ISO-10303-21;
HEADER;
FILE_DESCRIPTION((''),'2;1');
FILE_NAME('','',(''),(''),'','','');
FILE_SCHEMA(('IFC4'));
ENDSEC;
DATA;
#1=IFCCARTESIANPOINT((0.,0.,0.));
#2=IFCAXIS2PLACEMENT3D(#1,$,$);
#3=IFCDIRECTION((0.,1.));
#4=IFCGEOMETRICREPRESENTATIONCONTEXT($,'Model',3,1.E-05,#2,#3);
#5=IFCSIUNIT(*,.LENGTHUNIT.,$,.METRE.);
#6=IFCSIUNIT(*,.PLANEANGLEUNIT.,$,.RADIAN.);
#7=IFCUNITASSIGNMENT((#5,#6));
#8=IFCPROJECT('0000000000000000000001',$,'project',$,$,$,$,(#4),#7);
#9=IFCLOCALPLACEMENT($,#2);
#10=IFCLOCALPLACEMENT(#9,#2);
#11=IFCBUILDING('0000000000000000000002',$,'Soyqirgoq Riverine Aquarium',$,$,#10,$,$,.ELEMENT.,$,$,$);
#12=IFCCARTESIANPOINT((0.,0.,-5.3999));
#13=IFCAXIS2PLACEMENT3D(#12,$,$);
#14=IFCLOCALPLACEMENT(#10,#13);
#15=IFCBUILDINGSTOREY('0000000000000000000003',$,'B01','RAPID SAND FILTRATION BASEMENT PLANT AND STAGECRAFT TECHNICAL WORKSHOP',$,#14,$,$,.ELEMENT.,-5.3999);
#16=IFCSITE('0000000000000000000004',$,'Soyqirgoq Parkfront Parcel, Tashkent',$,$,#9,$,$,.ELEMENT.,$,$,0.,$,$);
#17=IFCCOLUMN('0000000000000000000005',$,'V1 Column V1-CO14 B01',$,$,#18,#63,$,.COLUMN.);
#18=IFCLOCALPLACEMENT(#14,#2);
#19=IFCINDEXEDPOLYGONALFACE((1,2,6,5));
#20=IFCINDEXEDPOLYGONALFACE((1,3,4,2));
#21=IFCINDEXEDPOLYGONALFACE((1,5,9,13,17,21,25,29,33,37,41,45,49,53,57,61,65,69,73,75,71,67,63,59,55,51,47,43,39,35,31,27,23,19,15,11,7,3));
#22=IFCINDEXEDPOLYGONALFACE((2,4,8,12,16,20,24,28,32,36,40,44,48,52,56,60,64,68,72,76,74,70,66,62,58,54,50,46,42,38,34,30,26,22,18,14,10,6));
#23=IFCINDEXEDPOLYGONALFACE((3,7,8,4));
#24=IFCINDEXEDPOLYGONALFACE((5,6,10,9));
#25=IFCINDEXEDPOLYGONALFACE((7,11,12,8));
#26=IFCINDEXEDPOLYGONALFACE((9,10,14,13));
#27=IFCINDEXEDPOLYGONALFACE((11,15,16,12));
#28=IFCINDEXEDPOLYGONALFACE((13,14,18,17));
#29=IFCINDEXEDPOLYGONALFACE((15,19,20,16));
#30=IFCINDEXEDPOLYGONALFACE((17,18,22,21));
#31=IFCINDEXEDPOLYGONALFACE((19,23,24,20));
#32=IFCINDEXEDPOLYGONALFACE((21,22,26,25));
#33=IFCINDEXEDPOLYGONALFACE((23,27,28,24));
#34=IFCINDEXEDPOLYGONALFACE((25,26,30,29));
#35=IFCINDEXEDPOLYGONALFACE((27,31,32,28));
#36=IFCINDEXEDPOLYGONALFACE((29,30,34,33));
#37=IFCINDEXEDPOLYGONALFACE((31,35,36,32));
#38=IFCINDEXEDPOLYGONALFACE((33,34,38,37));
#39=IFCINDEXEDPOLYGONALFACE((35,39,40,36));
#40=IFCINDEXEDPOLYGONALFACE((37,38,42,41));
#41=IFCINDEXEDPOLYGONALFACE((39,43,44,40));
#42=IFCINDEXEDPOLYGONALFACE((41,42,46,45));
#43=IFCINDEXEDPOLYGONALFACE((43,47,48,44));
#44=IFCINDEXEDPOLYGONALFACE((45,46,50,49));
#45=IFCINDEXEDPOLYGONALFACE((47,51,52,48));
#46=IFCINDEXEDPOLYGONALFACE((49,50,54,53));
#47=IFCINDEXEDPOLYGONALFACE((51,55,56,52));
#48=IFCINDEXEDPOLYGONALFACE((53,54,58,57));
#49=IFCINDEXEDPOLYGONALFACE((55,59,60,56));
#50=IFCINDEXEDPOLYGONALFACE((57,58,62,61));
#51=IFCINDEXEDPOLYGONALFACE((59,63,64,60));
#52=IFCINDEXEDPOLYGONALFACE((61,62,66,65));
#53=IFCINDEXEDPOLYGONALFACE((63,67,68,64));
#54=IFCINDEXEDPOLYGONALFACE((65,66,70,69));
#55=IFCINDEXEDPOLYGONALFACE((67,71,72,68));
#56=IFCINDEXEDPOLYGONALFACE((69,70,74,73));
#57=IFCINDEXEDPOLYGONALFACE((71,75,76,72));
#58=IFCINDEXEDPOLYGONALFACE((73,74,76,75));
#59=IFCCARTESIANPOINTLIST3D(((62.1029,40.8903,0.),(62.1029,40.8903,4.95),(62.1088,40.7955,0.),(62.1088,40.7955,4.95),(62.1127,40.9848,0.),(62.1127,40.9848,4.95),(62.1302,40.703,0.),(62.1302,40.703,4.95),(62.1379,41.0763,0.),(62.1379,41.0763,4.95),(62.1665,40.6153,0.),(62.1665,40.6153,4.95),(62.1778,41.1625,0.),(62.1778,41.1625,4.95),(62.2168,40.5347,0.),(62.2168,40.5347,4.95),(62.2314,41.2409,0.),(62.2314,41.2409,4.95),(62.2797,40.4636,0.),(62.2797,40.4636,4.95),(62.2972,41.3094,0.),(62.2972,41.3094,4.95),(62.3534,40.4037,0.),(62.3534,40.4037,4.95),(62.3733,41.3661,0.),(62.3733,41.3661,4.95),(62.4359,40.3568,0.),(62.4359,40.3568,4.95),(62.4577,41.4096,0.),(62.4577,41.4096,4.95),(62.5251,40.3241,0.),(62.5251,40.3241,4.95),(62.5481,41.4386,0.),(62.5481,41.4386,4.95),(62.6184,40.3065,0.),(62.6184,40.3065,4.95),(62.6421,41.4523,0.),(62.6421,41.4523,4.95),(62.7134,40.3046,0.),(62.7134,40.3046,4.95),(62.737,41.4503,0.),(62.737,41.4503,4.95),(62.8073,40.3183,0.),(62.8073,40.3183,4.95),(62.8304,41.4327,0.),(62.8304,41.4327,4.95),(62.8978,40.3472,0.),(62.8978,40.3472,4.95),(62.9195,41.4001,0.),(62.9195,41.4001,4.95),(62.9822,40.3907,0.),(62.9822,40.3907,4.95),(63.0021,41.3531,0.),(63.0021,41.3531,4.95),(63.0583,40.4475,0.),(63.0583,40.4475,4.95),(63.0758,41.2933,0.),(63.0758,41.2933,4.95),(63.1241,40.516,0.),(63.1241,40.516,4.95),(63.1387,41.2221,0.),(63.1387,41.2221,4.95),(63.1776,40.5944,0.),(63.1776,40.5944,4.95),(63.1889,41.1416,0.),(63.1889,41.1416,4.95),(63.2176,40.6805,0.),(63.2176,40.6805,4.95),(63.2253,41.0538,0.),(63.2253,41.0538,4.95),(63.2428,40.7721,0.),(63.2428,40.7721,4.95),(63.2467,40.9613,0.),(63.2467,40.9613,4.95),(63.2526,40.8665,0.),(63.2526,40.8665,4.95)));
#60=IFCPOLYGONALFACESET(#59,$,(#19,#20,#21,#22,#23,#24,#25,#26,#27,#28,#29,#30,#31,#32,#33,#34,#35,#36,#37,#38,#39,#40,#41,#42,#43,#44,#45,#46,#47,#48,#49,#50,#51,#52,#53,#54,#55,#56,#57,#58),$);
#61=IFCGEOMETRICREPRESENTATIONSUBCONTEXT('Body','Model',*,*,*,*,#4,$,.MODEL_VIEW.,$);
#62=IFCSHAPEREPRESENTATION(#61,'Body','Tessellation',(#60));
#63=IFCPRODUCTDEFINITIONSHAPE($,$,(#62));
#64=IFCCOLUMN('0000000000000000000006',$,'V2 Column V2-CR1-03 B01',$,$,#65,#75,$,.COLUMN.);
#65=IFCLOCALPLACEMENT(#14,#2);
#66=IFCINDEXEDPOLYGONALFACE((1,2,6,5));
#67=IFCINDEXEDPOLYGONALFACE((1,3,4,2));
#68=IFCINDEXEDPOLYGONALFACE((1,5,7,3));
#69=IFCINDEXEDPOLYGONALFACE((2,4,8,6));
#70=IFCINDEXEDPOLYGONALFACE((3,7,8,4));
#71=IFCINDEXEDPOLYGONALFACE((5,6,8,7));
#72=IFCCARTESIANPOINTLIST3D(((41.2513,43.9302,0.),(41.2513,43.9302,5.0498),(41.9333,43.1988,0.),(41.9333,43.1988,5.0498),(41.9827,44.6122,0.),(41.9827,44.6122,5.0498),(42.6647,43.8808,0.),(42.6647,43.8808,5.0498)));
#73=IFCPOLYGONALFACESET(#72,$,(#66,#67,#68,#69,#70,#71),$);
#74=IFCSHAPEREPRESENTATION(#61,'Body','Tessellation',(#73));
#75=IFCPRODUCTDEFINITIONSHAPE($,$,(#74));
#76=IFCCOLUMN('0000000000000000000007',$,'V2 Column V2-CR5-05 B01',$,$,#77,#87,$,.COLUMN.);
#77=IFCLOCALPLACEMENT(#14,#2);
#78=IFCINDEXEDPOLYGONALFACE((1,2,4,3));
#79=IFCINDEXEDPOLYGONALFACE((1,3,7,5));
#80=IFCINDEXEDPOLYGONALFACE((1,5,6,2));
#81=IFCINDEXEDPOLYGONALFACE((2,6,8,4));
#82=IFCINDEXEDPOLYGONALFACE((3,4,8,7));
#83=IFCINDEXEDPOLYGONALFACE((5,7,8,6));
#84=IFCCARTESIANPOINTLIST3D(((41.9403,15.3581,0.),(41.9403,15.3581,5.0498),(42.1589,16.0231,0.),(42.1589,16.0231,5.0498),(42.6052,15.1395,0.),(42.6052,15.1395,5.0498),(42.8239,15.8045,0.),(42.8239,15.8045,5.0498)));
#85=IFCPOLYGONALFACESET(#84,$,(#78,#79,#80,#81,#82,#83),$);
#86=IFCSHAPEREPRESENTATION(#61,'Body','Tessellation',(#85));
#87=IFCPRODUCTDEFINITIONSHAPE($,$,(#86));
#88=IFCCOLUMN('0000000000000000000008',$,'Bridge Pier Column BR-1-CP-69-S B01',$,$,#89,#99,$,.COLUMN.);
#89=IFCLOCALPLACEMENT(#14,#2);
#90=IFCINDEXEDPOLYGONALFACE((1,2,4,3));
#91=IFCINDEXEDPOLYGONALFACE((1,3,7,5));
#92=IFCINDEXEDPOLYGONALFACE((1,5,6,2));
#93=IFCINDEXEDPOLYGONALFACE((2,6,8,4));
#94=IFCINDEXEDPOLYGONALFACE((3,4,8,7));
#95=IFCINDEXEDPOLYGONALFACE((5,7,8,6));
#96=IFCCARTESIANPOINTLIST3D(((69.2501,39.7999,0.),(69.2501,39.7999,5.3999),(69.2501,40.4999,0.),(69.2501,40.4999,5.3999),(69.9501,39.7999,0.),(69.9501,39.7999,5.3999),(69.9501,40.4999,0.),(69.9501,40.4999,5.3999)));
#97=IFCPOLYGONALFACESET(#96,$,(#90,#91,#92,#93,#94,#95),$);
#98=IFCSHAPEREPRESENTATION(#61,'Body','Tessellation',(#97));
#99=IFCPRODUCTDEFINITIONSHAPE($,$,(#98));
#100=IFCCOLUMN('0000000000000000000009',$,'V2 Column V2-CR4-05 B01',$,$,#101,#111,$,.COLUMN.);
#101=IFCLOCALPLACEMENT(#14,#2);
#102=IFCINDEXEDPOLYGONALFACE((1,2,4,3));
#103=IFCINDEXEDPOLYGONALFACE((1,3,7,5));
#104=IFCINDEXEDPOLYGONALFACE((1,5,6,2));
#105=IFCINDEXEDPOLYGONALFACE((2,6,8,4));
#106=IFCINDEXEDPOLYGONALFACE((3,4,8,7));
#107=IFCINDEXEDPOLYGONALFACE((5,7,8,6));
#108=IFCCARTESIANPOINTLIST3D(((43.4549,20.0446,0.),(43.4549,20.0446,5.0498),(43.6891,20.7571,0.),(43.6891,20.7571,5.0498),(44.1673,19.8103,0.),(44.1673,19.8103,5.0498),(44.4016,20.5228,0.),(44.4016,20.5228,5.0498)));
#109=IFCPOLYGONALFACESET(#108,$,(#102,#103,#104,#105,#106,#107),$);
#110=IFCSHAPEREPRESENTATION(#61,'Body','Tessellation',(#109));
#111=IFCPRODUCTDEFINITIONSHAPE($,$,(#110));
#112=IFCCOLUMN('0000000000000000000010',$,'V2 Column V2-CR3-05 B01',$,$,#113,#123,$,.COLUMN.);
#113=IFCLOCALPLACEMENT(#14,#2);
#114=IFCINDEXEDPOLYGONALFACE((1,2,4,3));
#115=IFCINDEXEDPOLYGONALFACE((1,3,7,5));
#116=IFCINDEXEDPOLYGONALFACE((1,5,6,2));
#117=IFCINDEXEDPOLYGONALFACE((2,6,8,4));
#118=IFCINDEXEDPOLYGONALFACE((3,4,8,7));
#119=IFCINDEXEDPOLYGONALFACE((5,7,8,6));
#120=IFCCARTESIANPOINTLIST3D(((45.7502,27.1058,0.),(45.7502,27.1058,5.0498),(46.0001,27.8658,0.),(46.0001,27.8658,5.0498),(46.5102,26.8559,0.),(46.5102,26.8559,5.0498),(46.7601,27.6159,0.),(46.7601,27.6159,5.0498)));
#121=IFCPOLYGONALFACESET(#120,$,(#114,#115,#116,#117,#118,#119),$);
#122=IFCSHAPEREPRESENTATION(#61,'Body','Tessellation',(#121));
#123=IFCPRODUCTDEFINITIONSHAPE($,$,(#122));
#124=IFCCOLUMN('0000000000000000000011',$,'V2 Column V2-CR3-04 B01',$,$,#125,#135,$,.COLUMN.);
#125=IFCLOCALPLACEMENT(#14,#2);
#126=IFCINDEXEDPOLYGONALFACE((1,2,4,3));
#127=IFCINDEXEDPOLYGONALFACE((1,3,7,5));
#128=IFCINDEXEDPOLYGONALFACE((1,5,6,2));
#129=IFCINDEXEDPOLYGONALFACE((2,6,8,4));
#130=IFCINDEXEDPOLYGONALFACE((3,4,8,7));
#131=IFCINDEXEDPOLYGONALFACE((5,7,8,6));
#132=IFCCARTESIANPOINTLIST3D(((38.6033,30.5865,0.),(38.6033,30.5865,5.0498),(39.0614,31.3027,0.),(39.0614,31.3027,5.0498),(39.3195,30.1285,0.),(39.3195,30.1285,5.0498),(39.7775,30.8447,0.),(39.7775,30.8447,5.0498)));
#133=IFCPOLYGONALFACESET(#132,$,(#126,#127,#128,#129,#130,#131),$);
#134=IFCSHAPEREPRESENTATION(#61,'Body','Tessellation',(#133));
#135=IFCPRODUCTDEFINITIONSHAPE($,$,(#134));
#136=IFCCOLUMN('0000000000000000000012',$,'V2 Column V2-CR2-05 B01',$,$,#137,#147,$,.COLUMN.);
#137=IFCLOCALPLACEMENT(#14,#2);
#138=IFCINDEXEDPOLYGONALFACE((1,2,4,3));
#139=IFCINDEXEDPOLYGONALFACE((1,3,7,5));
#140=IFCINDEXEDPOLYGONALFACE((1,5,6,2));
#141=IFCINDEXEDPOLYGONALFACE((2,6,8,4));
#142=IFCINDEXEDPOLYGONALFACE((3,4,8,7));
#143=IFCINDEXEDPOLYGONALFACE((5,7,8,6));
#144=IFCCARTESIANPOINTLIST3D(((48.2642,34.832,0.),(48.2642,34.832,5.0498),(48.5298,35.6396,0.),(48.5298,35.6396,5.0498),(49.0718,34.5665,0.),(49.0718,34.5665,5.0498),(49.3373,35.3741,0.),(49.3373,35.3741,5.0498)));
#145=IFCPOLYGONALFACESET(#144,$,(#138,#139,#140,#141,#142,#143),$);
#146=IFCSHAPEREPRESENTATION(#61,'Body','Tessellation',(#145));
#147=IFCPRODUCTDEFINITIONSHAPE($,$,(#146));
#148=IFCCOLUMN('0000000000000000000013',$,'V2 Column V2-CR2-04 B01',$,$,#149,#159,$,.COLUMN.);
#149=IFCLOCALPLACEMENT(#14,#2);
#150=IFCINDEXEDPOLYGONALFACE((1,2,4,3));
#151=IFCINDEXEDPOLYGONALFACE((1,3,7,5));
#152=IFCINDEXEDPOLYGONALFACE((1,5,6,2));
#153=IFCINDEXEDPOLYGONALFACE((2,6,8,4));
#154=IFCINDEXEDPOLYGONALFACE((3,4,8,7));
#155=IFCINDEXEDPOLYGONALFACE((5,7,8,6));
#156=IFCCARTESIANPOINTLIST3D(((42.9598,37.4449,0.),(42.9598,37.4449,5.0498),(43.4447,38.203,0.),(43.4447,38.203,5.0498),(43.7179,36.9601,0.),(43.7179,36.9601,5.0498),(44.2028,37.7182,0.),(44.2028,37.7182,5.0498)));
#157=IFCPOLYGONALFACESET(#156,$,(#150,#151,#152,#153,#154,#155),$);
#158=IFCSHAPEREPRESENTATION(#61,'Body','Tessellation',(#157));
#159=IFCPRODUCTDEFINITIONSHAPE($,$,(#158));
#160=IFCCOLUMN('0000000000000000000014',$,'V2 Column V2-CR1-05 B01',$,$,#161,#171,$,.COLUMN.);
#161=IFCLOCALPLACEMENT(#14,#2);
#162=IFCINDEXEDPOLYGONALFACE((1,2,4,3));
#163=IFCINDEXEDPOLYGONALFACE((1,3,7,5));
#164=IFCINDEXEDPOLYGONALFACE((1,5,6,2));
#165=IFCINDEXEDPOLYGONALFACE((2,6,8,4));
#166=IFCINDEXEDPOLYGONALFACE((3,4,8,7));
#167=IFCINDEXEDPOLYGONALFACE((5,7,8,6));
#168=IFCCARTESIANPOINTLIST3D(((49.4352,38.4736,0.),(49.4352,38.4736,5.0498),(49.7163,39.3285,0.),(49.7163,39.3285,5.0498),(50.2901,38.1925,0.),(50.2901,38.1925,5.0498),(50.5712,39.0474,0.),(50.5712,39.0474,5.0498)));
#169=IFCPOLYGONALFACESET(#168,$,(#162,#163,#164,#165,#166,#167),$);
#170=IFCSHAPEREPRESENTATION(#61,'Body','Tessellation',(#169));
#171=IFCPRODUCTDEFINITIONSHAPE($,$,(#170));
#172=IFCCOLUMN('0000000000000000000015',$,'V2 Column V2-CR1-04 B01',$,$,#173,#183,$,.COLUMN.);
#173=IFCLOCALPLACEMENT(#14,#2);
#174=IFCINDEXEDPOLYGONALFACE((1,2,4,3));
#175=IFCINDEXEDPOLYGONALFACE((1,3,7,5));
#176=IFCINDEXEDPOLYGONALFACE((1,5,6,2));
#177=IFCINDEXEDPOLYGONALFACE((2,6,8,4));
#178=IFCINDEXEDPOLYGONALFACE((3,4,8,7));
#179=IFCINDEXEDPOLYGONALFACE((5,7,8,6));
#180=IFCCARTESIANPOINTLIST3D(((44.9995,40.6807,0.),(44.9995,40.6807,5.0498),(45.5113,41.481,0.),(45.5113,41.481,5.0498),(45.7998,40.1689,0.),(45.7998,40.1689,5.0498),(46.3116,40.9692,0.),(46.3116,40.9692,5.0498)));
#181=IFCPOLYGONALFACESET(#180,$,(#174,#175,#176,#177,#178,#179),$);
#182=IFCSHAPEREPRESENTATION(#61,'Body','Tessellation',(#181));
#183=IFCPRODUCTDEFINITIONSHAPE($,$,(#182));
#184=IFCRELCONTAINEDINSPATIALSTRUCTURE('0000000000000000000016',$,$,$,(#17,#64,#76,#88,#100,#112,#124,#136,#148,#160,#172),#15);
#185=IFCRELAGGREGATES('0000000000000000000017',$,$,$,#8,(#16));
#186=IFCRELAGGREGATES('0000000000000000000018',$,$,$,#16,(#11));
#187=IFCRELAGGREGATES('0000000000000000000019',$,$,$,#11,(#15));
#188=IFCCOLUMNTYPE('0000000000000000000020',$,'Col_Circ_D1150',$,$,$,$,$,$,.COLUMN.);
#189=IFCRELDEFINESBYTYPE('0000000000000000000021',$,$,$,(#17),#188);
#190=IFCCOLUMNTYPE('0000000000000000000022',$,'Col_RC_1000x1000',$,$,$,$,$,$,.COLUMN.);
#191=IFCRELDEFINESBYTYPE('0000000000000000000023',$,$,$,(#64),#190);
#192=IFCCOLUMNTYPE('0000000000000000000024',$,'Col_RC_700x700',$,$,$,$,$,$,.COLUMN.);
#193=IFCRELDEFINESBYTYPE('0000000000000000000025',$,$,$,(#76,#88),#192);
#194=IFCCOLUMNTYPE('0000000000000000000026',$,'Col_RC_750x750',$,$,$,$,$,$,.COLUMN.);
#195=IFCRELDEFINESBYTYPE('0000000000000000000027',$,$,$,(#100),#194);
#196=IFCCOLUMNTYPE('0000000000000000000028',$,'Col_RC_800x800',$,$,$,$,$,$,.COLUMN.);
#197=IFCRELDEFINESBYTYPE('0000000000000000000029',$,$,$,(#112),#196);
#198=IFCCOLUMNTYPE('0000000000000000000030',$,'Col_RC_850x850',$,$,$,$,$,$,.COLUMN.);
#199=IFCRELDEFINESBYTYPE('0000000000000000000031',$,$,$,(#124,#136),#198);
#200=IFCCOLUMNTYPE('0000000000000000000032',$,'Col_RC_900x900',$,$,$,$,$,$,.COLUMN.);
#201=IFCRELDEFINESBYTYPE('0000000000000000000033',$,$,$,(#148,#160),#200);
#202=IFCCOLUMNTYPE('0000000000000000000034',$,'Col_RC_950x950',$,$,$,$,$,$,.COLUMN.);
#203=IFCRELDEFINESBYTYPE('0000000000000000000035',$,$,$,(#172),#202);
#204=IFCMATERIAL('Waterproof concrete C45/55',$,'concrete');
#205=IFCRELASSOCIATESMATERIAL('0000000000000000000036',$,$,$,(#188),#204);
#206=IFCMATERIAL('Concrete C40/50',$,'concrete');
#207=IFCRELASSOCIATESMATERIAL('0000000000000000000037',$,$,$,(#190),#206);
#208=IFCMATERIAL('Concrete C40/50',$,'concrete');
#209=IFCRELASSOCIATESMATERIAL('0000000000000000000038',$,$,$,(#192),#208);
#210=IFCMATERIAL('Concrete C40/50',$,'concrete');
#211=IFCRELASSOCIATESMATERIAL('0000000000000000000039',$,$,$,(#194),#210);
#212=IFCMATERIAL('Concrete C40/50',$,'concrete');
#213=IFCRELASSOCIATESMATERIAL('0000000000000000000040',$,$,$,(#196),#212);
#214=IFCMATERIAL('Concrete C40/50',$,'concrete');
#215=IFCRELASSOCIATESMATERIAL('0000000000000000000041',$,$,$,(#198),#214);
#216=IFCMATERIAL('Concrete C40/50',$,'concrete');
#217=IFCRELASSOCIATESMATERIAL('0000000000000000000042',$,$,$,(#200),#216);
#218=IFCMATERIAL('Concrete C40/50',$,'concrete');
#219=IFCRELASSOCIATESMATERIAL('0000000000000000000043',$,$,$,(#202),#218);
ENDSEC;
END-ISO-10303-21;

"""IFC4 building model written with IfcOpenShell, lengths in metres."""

from ifc_helpers import new_model, si_unit, direction, frame, origin, origin_2d, place, context, subcontext, project, spatial, rectangle, circle, extrude, material, material_profile, profile_set, type_object, element, save


model = new_model("IFC4")

# Units and contexts
model_context = context("Model", 3, precision=1e-05, world=origin(), true_north=direction((0.0, 1.0)))
body_context = subcontext(model_context, "Body", "Model", "MODEL_VIEW")
ifc_project = project(units=[si_unit("LENGTHUNIT", "METRE"), si_unit("PLANEANGLEUNIT", "RADIAN")], contexts=[model_context])

# Site, building, storey
site_placement = place(None, origin())
site = spatial("IfcSite", under=ifc_project, at=site_placement, Name="Soyqirgoq Parkfront Parcel, Tashkent", CompositionType="ELEMENT", RefElevation=0.0)
building_placement = place(site_placement, origin())
building = spatial("IfcBuilding", under=site, at=building_placement, Name="Soyqirgoq Riverine Aquarium", CompositionType="ELEMENT")
storey_placement = place(building_placement, frame((0.0, 0.0, -5.3999)))
storey = spatial("IfcBuildingStorey", under=building, at=storey_placement, Name="B01", Description="RAPID SAND FILTRATION BASEMENT PLANT AND STAGECRAFT TECHNICAL WORKSHOP", CompositionType="ELEMENT", Elevation=-5.3999)

# Columns
ifc_material_1 = material(Name="Waterproof concrete C45/55", Category="concrete")
ifc_material_profile_1 = material_profile(ifc_material_1, circle(Radius=0.575, at=origin_2d()), Name="RC-COL D1150")
ifc_profile_set_1 = profile_set([ifc_material_profile_1], Name="Waterproof concrete C45/55")
column_type_1 = type_object("IfcColumnType", Name="Col_Circ_D1150", PredefinedType="COLUMN", material=ifc_profile_set_1)
for number, where, z_axis, x_axis, name in (
    (1, (62.6777, 40.8784, 0.0), (0.0, 0.0, 1.0), (0.382683, -0.92388, 0.0), "V1 Column V1-CO14 B01"),
):
    element("IfcColumn", number, at=place(storey_placement, frame(where, z_axis=z_axis, x_axis=x_axis)), inside=storey, type_object=column_type_1, Name=name, PredefinedType="COLUMN", context=body_context, shape_type="SweptSolid", body=[
        extrude(circle(Radius=0.575, at=origin_2d()), origin(), (0.0, 0.0, 1.0), 4.95),
    ])
ifc_material_2 = material(Name="Concrete C40/50", Category="concrete")
ifc_material_profile_2 = material_profile(ifc_material_2, rectangle(XDim=1.0, YDim=1.0, at=origin_2d()), Name="RC 1000x1000")
ifc_profile_set_2 = profile_set([ifc_material_profile_2], Name="Concrete C40/50")
column_type_2 = type_object("IfcColumnType", Name="Col_RC_1000x1000", PredefinedType="COLUMN", material=ifc_profile_set_2)
column_1_placement = place(storey_placement, frame((41.958, 43.9055, 0.0), z_axis=(0.0, 0.0, 1.0), x_axis=(-0.731354, -0.681998, 0.0)))
element("IfcColumn", 2, at=column_1_placement, inside=storey, type_object=column_type_2, Name="V2 Column V2-CR1-03 B01", PredefinedType="COLUMN", context=body_context, shape_type="SweptSolid", body=[
    extrude(rectangle(XDim=1.0, YDim=1.0, at=origin_2d()), origin(), (0.0, 0.0, 1.0), 5.0498),
])
ifc_material_3 = material(Name="Concrete C40/50", Category="concrete")
ifc_material_profile_3 = material_profile(ifc_material_3, rectangle(XDim=0.7, YDim=0.7, at=origin_2d()), Name="RC 700x700")
ifc_profile_set_3 = profile_set([ifc_material_profile_3], Name="Concrete C40/50")
column_type_3 = type_object("IfcColumnType", Name="Col_RC_700x700", PredefinedType="COLUMN", material=ifc_profile_set_3)
column_2_placement = place(storey_placement, frame((42.3821, 15.5813, 0.0), z_axis=(0.0, 0.0, 1.0), x_axis=(-0.312335, -0.949972, 0.0)))
element("IfcColumn", 3, at=column_2_placement, inside=storey, type_object=column_type_3, Name="V2 Column V2-CR5-05 B01", PredefinedType="COLUMN", context=body_context, shape_type="SweptSolid", body=[
    extrude(rectangle(XDim=0.7, YDim=0.7, at=origin_2d()), origin(), (0.0, 0.0, 1.0), 5.0498),
])
column_3_placement = place(storey_placement, frame((69.6001, 40.1499, 0.0), z_axis=(0.0, 0.0, 1.0), x_axis=(1.0, 0.0, 0.0)))
element("IfcColumn", 4, at=column_3_placement, inside=storey, type_object=column_type_3, Name="Bridge Pier Column BR-1-CP-69-S B01", PredefinedType="COLUMN", context=body_context, shape_type="SweptSolid", body=[
    extrude(rectangle(XDim=0.7, YDim=0.7, at=origin_2d()), origin(), (0.0, 0.0, 1.0), 5.3999),
])
ifc_material_4 = material(Name="Concrete C40/50", Category="concrete")
ifc_material_profile_4 = material_profile(ifc_material_4, rectangle(XDim=0.75, YDim=0.75, at=origin_2d()), Name="RC 750x750")
ifc_profile_set_4 = profile_set([ifc_material_profile_4], Name="Concrete C40/50")
column_type_4 = type_object("IfcColumnType", Name="Col_RC_750x750", PredefinedType="COLUMN", material=ifc_profile_set_4)
column_4_placement = place(storey_placement, frame((43.9282, 20.2837, 0.0), z_axis=(0.0, 0.0, 1.0), x_axis=(-0.312335, -0.949972, 0.0)))
element("IfcColumn", 5, at=column_4_placement, inside=storey, type_object=column_type_4, Name="V2 Column V2-CR4-05 B01", PredefinedType="COLUMN", context=body_context, shape_type="SweptSolid", body=[
    extrude(rectangle(XDim=0.75, YDim=0.75, at=origin_2d()), origin(), (0.0, 0.0, 1.0), 5.0498),
])
ifc_material_5 = material(Name="Concrete C40/50", Category="concrete")
ifc_material_profile_5 = material_profile(ifc_material_5, rectangle(XDim=0.8, YDim=0.8, at=origin_2d()), Name="RC 800x800")
ifc_profile_set_5 = profile_set([ifc_material_profile_5], Name="Concrete C40/50")
column_type_5 = type_object("IfcColumnType", Name="Col_RC_800x800", PredefinedType="COLUMN", material=ifc_profile_set_5)
column_5_placement = place(storey_placement, frame((46.2551, 27.3608, 0.0), z_axis=(0.0, 0.0, 1.0), x_axis=(-0.312335, -0.949972, 0.0)))
element("IfcColumn", 6, at=column_5_placement, inside=storey, type_object=column_type_5, Name="V2 Column V2-CR3-05 B01", PredefinedType="COLUMN", context=body_context, shape_type="SweptSolid", body=[
    extrude(rectangle(XDim=0.8, YDim=0.8, at=origin_2d()), origin(), (0.0, 0.0, 1.0), 5.0498),
])
ifc_material_6 = material(Name="Concrete C40/50", Category="concrete")
ifc_material_profile_6 = material_profile(ifc_material_6, rectangle(XDim=0.8501, YDim=0.8501, at=origin_2d()), Name="RC 850x850")
ifc_profile_set_6 = profile_set([ifc_material_profile_6], Name="Concrete C40/50")
column_type_6 = type_object("IfcColumnType", Name="Col_RC_850x850", PredefinedType="COLUMN", material=ifc_profile_set_6)
for number, where, z_axis, x_axis, name in (
    (7, (39.1904, 30.7156, 0.0), (0.0, 0.0, 1.0), (-0.538771, -0.842452, 0.0), "V2 Column V2-CR3-04 B01"),
    (8, (48.8008, 35.103, 0.0), (0.0, 0.0, 1.0), (-0.312335, -0.949972, 0.0), "V2 Column V2-CR2-05 B01"),
):
    element("IfcColumn", number, at=place(storey_placement, frame(where, z_axis=z_axis, x_axis=x_axis)), inside=storey, type_object=column_type_6, Name=name, PredefinedType="COLUMN", context=body_context, shape_type="SweptSolid", body=[
        extrude(rectangle(XDim=0.8501, YDim=0.8501, at=origin_2d()), origin(), (0.0, 0.0, 1.0), 5.0498),
    ])
ifc_material_7 = material(Name="Concrete C40/50", Category="concrete")
ifc_material_profile_7 = material_profile(ifc_material_7, rectangle(XDim=0.8999, YDim=0.8999, at=origin_2d()), Name="RC 900x900")
ifc_profile_set_7 = profile_set([ifc_material_profile_7], Name="Concrete C40/50")
column_type_7 = type_object("IfcColumnType", Name="Col_RC_900x900", PredefinedType="COLUMN", material=ifc_profile_set_7)
for number, where, z_axis, x_axis, name in (
    (9, (43.5813, 37.5815, 0.0), (0.0, 0.0, 1.0), (-0.538771, -0.842452, 0.0), "V2 Column V2-CR2-04 B01"),
    (10, (50.0032, 38.7605, 0.0), (0.0, 0.0, 1.0), (-0.312335, -0.949972, 0.0), "V2 Column V2-CR1-05 B01"),
):
    element("IfcColumn", number, at=place(storey_placement, frame(where, z_axis=z_axis, x_axis=x_axis)), inside=storey, type_object=column_type_7, Name=name, PredefinedType="COLUMN", context=body_context, shape_type="SweptSolid", body=[
        extrude(rectangle(XDim=0.8999, YDim=0.8999, at=origin_2d()), origin(), (0.0, 0.0, 1.0), 5.0498),
    ])
ifc_material_8 = material(Name="Concrete C40/50", Category="concrete")
ifc_material_profile_8 = material_profile(ifc_material_8, rectangle(XDim=0.95, YDim=0.95, at=origin_2d()), Name="RC 950x950")
ifc_profile_set_8 = profile_set([ifc_material_profile_8], Name="Concrete C40/50")
column_type_8 = type_object("IfcColumnType", Name="Col_RC_950x950", PredefinedType="COLUMN", material=ifc_profile_set_8)
column_6_placement = place(storey_placement, frame((45.6555, 40.825, 0.0), z_axis=(0.0, 0.0, 1.0), x_axis=(-0.538771, -0.842452, 0.0)))
element("IfcColumn", 11, at=column_6_placement, inside=storey, type_object=column_type_8, Name="V2 Column V2-CR1-04 B01", PredefinedType="COLUMN", context=body_context, shape_type="SweptSolid", body=[
    extrude(rectangle(XDim=0.95, YDim=0.95, at=origin_2d()), origin(), (0.0, 0.0, 1.0), 5.0498),
])

save(model, "model.ifc")
